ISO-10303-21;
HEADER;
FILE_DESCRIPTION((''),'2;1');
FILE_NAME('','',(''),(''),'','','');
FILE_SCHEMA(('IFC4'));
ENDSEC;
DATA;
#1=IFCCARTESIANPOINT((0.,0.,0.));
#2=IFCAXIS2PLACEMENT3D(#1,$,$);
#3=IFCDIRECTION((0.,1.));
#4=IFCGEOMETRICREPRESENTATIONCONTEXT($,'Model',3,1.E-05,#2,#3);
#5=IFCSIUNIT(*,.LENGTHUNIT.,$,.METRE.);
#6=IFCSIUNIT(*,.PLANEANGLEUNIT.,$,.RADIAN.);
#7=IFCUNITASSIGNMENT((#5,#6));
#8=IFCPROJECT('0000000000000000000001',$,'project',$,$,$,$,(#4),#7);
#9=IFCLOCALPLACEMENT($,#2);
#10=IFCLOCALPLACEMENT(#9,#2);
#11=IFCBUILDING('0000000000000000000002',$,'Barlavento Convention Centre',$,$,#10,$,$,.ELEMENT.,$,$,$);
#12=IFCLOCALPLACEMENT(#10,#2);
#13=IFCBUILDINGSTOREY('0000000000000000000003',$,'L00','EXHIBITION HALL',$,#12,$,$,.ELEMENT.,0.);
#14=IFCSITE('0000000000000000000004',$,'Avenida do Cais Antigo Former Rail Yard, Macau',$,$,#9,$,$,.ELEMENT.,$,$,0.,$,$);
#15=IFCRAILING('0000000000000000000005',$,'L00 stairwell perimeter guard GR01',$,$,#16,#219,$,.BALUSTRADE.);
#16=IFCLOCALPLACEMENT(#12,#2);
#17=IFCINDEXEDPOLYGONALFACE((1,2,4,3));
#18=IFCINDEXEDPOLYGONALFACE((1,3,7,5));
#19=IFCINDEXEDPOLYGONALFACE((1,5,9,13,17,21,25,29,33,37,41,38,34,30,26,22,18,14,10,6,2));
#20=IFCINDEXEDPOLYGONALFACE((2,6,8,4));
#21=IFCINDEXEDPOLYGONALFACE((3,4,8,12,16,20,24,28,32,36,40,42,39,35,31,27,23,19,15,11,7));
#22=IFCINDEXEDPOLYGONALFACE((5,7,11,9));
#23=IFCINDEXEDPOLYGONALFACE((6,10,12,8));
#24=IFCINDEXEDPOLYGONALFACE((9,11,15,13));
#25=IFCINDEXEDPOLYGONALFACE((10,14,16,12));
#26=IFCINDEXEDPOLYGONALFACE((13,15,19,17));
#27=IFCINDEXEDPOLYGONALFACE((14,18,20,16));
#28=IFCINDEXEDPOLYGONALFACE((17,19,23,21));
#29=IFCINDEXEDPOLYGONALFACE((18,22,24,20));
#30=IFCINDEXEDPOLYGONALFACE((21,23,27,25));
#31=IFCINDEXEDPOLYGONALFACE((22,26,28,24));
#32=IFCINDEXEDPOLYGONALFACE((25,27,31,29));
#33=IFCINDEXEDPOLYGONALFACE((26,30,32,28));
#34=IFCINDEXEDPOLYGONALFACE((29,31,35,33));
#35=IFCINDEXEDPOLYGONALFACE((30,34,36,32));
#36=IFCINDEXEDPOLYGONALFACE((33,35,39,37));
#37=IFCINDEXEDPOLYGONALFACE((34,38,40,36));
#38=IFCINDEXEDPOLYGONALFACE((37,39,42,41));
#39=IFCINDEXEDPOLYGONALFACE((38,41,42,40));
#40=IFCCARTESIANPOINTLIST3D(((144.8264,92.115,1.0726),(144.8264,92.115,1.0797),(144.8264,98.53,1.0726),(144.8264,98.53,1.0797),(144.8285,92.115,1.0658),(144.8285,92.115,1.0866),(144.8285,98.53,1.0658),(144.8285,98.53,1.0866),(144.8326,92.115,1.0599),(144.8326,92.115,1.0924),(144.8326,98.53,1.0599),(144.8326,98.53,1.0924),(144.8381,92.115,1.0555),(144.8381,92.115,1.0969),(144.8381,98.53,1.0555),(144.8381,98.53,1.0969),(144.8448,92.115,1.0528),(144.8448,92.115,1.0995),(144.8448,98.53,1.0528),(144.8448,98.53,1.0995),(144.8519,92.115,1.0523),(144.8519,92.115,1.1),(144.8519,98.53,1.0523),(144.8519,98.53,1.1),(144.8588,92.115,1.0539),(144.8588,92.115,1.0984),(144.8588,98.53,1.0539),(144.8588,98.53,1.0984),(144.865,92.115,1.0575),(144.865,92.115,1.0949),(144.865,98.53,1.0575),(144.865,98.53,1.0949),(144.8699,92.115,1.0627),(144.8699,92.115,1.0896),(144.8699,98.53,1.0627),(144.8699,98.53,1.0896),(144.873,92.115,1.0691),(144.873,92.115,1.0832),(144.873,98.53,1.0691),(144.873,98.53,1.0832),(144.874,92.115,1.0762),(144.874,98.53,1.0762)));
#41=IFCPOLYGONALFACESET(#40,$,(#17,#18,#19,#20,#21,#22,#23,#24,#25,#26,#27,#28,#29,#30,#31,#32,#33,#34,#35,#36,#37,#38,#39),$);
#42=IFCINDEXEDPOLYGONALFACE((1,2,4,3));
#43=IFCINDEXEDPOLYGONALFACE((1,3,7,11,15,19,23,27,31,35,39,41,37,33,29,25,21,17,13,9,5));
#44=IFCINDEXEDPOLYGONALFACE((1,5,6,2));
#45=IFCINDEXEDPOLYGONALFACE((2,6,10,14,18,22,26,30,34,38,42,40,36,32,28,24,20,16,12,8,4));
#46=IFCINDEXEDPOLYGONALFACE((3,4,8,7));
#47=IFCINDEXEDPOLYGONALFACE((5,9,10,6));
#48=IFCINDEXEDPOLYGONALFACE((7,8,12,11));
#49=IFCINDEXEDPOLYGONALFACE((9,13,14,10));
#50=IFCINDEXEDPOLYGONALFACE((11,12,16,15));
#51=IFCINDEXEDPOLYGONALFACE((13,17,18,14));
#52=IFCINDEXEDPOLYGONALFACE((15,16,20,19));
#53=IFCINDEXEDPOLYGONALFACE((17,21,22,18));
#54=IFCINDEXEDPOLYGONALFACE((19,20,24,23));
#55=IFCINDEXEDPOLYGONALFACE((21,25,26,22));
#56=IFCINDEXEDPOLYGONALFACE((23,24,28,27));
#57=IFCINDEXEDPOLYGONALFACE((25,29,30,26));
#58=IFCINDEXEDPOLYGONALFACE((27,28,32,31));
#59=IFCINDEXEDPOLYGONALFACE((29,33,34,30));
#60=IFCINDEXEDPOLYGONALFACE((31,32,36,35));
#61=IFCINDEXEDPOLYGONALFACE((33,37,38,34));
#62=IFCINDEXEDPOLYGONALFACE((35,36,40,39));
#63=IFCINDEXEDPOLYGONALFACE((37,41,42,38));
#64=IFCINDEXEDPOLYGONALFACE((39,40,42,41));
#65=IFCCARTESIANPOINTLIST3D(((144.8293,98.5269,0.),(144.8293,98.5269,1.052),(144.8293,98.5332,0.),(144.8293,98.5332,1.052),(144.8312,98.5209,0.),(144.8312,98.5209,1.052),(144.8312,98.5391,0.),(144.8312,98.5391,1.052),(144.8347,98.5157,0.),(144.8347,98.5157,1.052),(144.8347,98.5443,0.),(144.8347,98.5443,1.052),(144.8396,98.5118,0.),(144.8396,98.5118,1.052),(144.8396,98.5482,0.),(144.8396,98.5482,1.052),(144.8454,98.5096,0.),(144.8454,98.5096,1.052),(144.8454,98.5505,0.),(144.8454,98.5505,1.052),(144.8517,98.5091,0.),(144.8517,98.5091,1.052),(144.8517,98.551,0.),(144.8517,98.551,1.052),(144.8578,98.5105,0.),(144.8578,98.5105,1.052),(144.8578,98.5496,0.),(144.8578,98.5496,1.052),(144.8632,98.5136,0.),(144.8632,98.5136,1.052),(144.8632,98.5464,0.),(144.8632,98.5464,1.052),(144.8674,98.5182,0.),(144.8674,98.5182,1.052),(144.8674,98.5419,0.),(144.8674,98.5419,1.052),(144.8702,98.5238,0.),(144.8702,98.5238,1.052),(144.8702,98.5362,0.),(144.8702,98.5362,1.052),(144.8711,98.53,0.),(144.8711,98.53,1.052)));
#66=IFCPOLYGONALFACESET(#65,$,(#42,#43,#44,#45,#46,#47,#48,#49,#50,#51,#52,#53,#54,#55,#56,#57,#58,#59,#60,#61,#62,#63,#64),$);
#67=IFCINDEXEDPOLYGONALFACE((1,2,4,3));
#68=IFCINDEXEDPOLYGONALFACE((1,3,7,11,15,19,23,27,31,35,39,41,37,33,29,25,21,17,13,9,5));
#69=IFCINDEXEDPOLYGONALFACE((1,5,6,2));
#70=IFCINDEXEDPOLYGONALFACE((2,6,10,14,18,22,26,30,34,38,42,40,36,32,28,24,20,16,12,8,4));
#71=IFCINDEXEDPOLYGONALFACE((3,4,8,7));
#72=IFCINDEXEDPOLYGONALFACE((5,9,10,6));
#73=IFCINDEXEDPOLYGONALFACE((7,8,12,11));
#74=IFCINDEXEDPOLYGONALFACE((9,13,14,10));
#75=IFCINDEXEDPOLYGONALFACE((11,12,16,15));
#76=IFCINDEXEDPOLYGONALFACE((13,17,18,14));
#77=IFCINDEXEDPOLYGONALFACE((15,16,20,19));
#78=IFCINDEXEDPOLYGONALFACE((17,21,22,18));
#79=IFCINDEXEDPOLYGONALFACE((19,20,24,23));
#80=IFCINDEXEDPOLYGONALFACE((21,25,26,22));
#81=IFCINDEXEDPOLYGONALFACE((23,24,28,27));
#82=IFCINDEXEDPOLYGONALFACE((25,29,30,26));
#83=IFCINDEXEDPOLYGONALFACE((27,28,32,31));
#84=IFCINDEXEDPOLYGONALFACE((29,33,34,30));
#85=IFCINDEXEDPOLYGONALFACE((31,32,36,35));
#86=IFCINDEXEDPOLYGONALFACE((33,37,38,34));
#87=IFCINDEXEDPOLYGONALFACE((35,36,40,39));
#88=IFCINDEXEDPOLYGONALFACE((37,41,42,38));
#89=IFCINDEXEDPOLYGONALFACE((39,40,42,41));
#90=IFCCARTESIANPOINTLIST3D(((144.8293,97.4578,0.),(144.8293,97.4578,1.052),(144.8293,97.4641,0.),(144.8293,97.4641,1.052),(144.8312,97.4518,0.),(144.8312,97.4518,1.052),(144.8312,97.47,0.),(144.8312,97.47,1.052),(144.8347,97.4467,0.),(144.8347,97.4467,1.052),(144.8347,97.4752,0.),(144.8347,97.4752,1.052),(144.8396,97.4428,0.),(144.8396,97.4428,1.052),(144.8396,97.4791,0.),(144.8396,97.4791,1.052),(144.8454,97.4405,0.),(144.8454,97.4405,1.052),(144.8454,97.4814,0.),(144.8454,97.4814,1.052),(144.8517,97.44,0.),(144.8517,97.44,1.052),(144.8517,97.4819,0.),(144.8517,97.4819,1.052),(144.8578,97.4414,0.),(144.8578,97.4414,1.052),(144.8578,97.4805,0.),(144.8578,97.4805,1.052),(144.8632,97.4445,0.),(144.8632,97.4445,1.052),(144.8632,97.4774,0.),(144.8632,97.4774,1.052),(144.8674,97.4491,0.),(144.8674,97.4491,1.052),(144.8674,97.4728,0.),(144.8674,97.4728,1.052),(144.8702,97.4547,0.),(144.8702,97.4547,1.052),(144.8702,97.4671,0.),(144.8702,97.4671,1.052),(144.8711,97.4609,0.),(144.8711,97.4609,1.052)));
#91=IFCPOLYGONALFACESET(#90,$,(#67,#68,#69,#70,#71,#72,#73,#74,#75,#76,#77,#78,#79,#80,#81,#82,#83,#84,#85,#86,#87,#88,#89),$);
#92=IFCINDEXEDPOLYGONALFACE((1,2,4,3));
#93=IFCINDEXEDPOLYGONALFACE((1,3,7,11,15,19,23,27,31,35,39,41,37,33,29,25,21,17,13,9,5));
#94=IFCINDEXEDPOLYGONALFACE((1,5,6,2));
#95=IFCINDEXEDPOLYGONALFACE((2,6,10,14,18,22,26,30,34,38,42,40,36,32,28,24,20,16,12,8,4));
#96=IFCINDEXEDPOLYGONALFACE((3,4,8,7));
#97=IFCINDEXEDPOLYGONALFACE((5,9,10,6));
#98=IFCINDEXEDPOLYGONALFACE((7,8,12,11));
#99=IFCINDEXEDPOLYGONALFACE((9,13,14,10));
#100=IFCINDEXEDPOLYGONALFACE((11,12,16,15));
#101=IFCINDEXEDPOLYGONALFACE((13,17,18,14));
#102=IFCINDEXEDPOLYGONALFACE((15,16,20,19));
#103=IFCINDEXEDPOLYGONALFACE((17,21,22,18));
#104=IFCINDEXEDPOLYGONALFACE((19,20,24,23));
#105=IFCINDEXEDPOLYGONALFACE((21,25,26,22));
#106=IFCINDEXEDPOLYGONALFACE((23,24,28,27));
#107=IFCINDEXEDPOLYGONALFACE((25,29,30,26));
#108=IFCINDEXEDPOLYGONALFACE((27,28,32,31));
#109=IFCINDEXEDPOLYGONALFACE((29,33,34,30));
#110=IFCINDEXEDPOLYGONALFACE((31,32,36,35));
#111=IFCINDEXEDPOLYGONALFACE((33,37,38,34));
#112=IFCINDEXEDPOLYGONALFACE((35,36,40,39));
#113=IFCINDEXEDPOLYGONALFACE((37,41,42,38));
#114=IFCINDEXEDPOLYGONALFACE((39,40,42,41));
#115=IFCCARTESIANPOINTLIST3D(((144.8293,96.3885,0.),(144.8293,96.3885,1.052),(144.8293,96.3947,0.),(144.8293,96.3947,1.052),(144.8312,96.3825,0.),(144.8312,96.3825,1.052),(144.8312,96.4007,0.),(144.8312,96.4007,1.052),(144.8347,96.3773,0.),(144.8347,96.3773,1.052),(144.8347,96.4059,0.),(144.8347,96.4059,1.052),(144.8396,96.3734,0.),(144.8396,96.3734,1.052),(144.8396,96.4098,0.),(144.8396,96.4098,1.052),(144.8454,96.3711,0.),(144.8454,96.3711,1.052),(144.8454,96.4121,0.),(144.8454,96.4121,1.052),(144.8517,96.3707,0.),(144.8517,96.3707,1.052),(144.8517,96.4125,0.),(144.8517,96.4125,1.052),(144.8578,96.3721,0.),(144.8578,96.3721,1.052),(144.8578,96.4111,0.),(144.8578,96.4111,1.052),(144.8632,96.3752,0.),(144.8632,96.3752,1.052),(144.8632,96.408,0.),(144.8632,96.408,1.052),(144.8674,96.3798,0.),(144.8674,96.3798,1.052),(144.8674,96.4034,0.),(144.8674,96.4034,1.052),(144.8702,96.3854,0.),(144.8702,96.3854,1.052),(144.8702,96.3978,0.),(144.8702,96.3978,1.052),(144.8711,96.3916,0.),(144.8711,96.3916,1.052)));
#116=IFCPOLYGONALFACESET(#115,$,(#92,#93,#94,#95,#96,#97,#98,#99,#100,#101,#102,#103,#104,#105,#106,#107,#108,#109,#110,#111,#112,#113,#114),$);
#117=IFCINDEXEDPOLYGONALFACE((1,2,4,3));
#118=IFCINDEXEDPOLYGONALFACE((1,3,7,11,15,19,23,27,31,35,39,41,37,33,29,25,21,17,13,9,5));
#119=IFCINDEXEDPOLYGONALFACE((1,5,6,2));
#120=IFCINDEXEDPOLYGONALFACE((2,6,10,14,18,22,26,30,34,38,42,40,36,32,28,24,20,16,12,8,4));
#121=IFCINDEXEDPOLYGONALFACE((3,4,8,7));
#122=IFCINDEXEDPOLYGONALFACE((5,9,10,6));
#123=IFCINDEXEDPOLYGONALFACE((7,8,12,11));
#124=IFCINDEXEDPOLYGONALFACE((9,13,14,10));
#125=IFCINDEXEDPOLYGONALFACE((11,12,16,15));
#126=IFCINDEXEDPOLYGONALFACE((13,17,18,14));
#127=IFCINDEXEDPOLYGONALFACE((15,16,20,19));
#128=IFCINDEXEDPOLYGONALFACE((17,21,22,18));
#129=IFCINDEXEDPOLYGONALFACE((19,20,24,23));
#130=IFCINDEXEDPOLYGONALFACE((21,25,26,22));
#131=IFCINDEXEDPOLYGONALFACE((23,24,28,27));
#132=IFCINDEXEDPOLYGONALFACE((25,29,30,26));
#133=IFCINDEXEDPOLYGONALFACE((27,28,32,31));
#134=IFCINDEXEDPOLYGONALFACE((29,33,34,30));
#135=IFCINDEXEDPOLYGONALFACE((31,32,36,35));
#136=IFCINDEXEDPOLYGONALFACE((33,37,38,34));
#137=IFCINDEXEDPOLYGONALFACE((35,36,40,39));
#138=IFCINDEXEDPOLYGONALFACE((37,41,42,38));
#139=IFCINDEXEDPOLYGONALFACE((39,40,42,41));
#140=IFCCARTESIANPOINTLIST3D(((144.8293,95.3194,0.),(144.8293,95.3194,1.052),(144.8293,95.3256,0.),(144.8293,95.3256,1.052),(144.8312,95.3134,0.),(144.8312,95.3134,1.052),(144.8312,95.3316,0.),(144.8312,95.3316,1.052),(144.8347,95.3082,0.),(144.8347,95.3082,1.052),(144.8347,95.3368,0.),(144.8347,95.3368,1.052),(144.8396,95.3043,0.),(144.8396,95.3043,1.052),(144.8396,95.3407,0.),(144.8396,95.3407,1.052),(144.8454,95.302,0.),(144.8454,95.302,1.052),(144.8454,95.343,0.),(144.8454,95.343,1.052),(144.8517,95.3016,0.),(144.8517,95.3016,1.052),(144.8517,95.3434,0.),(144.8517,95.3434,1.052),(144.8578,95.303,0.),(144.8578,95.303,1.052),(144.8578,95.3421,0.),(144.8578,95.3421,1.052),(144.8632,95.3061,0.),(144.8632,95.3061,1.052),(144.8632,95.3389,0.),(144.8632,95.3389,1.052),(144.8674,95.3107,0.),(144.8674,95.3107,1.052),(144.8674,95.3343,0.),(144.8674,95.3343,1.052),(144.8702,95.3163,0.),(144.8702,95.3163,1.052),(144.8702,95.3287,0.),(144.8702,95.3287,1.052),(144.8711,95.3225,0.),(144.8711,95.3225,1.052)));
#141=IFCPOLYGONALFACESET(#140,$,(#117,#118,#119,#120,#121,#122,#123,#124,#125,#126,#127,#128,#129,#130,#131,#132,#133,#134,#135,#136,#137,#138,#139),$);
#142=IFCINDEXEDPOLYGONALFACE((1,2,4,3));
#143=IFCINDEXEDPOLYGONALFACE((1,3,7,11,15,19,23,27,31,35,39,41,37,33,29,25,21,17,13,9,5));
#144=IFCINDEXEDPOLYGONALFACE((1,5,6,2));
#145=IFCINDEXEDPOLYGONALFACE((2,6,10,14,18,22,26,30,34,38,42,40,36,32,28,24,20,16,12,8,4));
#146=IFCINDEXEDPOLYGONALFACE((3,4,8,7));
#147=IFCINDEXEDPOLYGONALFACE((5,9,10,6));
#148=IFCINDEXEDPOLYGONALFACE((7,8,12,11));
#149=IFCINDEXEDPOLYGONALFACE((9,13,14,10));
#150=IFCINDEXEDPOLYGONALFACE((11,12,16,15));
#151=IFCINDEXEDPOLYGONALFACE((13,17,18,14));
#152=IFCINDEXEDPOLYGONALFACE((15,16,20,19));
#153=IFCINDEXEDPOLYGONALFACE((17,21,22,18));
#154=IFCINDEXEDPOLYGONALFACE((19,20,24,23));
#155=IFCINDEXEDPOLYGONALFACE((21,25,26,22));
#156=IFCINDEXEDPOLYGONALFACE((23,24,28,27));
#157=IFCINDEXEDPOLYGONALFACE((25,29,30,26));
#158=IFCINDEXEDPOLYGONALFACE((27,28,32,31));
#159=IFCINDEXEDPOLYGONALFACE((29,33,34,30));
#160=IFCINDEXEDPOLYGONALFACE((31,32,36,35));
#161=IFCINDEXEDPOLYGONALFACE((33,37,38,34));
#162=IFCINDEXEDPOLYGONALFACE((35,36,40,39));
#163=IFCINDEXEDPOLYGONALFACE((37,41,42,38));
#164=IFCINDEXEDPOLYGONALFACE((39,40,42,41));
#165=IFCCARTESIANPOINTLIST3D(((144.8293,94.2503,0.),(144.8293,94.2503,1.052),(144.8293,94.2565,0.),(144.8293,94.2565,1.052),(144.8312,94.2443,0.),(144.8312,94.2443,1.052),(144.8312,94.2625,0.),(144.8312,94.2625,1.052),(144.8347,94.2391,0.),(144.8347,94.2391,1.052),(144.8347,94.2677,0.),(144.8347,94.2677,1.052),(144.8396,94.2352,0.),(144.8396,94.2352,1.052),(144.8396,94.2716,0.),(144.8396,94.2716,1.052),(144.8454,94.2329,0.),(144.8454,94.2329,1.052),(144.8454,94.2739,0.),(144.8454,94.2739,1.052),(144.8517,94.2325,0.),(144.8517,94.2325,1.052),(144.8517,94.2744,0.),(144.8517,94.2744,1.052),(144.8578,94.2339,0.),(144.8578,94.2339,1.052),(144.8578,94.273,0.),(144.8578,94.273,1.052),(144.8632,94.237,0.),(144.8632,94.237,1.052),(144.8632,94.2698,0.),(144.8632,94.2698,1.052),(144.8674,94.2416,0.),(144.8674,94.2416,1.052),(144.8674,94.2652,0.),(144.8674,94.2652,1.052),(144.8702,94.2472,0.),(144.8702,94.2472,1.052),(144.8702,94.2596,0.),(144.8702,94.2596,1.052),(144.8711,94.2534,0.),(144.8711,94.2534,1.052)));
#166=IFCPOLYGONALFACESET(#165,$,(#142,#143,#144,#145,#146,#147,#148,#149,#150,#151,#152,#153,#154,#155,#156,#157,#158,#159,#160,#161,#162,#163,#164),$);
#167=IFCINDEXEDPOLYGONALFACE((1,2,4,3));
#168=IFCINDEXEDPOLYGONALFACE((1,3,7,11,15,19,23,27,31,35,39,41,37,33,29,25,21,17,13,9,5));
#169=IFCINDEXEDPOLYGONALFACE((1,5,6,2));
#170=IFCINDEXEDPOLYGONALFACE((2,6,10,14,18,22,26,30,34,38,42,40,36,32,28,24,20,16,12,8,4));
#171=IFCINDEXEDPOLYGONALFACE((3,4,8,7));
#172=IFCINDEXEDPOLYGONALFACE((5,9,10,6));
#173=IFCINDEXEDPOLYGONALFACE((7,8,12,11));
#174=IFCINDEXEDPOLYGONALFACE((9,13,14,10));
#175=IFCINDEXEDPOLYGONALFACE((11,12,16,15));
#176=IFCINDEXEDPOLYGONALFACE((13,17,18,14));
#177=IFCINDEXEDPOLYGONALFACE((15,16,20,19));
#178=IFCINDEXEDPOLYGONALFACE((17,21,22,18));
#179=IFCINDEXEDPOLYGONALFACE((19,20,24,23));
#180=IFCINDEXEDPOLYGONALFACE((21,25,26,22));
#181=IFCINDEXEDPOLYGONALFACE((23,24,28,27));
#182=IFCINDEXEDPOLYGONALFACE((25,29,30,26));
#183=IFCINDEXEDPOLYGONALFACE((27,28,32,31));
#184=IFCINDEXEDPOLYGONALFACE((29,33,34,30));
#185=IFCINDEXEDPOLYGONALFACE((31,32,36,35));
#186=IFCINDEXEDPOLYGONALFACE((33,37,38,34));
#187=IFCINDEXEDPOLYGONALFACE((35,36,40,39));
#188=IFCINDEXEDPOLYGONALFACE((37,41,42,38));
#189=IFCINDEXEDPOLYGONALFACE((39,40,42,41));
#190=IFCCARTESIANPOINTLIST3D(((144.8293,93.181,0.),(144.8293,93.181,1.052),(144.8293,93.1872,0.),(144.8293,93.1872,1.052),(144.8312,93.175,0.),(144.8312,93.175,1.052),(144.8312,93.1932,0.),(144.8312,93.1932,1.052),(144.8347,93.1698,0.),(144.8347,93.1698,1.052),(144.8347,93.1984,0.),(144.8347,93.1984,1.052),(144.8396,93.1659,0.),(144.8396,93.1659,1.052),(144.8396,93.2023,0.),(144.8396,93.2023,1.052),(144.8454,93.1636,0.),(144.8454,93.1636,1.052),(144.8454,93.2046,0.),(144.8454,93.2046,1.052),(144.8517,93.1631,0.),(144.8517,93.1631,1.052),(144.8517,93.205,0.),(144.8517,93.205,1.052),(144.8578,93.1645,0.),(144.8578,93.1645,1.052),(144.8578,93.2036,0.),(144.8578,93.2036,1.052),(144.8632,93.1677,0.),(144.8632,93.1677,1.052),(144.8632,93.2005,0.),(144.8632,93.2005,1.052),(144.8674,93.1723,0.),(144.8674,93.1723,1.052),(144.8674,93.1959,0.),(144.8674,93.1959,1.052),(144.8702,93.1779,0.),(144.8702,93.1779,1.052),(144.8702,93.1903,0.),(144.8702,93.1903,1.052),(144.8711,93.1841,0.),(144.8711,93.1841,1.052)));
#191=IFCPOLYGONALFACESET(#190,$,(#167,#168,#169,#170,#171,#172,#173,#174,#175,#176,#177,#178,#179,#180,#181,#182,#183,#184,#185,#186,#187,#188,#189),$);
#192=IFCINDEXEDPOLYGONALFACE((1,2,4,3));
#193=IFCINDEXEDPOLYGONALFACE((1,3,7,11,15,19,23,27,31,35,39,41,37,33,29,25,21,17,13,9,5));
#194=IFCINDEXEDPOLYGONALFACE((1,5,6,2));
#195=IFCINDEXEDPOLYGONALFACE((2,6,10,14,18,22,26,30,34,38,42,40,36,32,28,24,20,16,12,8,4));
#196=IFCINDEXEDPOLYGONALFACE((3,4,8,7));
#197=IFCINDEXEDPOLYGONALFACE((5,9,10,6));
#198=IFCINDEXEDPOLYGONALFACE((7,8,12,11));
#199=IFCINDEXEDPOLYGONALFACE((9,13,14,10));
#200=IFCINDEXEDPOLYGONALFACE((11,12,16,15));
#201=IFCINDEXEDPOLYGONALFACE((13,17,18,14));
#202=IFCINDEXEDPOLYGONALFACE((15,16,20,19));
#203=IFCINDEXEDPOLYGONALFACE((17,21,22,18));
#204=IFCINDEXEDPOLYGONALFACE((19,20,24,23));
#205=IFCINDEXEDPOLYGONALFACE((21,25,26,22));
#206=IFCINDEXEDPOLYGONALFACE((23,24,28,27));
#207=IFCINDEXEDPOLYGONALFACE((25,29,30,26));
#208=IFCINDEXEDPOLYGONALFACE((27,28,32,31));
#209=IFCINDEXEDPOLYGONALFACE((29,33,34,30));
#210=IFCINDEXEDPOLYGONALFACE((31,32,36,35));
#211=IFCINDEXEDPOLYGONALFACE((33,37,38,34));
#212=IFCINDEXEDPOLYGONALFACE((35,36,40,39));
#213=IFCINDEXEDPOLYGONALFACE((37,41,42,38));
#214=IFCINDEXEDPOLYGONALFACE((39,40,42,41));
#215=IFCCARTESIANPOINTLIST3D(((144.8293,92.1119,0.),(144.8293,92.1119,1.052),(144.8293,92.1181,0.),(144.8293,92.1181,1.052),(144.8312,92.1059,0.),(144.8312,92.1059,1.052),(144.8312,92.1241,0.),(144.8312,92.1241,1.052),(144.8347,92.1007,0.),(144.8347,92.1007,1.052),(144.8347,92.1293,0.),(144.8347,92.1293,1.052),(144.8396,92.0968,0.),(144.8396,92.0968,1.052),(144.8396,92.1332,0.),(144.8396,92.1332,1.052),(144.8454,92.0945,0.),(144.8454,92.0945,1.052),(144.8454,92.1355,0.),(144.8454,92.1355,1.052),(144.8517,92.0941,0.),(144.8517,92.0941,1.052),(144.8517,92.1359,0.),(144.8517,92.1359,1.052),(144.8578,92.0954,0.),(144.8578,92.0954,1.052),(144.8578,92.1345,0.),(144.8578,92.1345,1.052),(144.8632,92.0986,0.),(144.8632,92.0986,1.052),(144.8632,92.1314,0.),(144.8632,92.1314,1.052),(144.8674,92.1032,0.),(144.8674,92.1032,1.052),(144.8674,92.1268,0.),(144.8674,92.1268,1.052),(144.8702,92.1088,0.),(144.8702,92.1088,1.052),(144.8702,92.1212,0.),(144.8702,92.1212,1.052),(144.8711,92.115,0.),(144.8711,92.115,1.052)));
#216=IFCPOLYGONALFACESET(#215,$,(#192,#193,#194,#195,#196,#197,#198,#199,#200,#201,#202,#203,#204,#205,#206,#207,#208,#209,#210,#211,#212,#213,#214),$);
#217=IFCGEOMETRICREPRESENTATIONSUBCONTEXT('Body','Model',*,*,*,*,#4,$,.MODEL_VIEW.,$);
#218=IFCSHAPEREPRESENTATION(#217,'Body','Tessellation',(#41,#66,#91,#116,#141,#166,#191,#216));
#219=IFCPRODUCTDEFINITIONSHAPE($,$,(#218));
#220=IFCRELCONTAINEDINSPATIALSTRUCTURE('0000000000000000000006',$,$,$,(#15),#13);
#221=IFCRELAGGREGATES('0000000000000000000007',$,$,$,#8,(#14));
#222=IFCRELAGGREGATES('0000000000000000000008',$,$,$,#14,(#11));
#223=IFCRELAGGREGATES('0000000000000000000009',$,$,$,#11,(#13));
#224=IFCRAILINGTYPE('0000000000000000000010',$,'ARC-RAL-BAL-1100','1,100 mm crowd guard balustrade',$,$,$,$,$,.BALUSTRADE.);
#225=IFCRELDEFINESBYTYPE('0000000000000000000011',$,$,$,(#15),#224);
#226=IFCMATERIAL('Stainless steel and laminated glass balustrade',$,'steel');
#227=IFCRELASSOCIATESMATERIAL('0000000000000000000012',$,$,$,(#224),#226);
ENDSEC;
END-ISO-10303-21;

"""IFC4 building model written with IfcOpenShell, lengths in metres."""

from ifc_helpers import new_model, si_unit, direction, frame, origin, origin_2d, place, context, subcontext, project, spatial, circle, extrude, material, type_object, element, save


model = new_model("IFC4")

# Units and contexts
model_context = context("Model", 3, precision=1e-05, world=origin(), true_north=direction((0.0, 1.0)))
body_context = subcontext(model_context, "Body", "Model", "MODEL_VIEW")
ifc_project = project(units=[si_unit("LENGTHUNIT", "METRE"), si_unit("PLANEANGLEUNIT", "RADIAN")], contexts=[model_context])

# Site, building, storey
site_placement = place(None, origin())
site = spatial("IfcSite", under=ifc_project, at=site_placement, Name="Avenida do Cais Antigo Former Rail Yard, Macau", CompositionType="ELEMENT", RefElevation=0.0)
building_placement = place(site_placement, origin())
building = spatial("IfcBuilding", under=site, at=building_placement, Name="Barlavento Convention Centre", CompositionType="ELEMENT")
storey_placement = place(building_placement, origin())
storey = spatial("IfcBuildingStorey", under=building, at=storey_placement, Name="L00", Description="EXHIBITION HALL", CompositionType="ELEMENT", Elevation=0.0)

# Railing
ifc_material_1 = material(Name="Stainless steel and laminated glass balustrade", Category="steel")
railing_type_1 = type_object("IfcRailingType", Name="ARC-RAL-BAL-1100", Description="1,100 mm crowd guard balustrade", PredefinedType="BALUSTRADE", material=ifc_material_1)
railing_1_placement = place(storey_placement, frame((144.8501, 98.53, 0.0)))
element("IfcRailing", 1, at=railing_1_placement, inside=storey, type_object=railing_type_1, Name="L00 stairwell perimeter guard GR01", PredefinedType="BALUSTRADE", context=body_context, shape_type="SweptSolid", body=[
    extrude(circle(Radius=0.0239, at=origin_2d()), frame((0.0, 0.0, 1.0762), z_axis=(0.0, -1.0, 0.0), x_axis=(1.0, 0.0, 0.0)), (0.0, 0.0, 1.0), 6.415),
    extrude(circle(Radius=0.021, at=origin_2d()), origin(), (0.0, 0.0, 1.0), 1.052),
    extrude(circle(Radius=0.021, at=origin_2d()), frame((0.0, -1.0691, 0.0)), (0.0, 0.0, 1.0), 1.052),
    extrude(circle(Radius=0.021, at=origin_2d()), frame((0.0, -2.1384, 0.0)), (0.0, 0.0, 1.0), 1.052),
    extrude(circle(Radius=0.021, at=origin_2d()), frame((0.0, -3.2075, 0.0)), (0.0, 0.0, 1.0), 1.052),
    extrude(circle(Radius=0.021, at=origin_2d()), frame((0.0, -4.2766, 0.0)), (0.0, 0.0, 1.0), 1.052),
    extrude(circle(Radius=0.021, at=origin_2d()), frame((0.0, -5.3459, 0.0)), (0.0, 0.0, 1.0), 1.052),
    extrude(circle(Radius=0.021, at=origin_2d()), frame((0.0, -6.415, 0.0)), (0.0, 0.0, 1.0), 1.052),
])

save(model, "model.ifc")
